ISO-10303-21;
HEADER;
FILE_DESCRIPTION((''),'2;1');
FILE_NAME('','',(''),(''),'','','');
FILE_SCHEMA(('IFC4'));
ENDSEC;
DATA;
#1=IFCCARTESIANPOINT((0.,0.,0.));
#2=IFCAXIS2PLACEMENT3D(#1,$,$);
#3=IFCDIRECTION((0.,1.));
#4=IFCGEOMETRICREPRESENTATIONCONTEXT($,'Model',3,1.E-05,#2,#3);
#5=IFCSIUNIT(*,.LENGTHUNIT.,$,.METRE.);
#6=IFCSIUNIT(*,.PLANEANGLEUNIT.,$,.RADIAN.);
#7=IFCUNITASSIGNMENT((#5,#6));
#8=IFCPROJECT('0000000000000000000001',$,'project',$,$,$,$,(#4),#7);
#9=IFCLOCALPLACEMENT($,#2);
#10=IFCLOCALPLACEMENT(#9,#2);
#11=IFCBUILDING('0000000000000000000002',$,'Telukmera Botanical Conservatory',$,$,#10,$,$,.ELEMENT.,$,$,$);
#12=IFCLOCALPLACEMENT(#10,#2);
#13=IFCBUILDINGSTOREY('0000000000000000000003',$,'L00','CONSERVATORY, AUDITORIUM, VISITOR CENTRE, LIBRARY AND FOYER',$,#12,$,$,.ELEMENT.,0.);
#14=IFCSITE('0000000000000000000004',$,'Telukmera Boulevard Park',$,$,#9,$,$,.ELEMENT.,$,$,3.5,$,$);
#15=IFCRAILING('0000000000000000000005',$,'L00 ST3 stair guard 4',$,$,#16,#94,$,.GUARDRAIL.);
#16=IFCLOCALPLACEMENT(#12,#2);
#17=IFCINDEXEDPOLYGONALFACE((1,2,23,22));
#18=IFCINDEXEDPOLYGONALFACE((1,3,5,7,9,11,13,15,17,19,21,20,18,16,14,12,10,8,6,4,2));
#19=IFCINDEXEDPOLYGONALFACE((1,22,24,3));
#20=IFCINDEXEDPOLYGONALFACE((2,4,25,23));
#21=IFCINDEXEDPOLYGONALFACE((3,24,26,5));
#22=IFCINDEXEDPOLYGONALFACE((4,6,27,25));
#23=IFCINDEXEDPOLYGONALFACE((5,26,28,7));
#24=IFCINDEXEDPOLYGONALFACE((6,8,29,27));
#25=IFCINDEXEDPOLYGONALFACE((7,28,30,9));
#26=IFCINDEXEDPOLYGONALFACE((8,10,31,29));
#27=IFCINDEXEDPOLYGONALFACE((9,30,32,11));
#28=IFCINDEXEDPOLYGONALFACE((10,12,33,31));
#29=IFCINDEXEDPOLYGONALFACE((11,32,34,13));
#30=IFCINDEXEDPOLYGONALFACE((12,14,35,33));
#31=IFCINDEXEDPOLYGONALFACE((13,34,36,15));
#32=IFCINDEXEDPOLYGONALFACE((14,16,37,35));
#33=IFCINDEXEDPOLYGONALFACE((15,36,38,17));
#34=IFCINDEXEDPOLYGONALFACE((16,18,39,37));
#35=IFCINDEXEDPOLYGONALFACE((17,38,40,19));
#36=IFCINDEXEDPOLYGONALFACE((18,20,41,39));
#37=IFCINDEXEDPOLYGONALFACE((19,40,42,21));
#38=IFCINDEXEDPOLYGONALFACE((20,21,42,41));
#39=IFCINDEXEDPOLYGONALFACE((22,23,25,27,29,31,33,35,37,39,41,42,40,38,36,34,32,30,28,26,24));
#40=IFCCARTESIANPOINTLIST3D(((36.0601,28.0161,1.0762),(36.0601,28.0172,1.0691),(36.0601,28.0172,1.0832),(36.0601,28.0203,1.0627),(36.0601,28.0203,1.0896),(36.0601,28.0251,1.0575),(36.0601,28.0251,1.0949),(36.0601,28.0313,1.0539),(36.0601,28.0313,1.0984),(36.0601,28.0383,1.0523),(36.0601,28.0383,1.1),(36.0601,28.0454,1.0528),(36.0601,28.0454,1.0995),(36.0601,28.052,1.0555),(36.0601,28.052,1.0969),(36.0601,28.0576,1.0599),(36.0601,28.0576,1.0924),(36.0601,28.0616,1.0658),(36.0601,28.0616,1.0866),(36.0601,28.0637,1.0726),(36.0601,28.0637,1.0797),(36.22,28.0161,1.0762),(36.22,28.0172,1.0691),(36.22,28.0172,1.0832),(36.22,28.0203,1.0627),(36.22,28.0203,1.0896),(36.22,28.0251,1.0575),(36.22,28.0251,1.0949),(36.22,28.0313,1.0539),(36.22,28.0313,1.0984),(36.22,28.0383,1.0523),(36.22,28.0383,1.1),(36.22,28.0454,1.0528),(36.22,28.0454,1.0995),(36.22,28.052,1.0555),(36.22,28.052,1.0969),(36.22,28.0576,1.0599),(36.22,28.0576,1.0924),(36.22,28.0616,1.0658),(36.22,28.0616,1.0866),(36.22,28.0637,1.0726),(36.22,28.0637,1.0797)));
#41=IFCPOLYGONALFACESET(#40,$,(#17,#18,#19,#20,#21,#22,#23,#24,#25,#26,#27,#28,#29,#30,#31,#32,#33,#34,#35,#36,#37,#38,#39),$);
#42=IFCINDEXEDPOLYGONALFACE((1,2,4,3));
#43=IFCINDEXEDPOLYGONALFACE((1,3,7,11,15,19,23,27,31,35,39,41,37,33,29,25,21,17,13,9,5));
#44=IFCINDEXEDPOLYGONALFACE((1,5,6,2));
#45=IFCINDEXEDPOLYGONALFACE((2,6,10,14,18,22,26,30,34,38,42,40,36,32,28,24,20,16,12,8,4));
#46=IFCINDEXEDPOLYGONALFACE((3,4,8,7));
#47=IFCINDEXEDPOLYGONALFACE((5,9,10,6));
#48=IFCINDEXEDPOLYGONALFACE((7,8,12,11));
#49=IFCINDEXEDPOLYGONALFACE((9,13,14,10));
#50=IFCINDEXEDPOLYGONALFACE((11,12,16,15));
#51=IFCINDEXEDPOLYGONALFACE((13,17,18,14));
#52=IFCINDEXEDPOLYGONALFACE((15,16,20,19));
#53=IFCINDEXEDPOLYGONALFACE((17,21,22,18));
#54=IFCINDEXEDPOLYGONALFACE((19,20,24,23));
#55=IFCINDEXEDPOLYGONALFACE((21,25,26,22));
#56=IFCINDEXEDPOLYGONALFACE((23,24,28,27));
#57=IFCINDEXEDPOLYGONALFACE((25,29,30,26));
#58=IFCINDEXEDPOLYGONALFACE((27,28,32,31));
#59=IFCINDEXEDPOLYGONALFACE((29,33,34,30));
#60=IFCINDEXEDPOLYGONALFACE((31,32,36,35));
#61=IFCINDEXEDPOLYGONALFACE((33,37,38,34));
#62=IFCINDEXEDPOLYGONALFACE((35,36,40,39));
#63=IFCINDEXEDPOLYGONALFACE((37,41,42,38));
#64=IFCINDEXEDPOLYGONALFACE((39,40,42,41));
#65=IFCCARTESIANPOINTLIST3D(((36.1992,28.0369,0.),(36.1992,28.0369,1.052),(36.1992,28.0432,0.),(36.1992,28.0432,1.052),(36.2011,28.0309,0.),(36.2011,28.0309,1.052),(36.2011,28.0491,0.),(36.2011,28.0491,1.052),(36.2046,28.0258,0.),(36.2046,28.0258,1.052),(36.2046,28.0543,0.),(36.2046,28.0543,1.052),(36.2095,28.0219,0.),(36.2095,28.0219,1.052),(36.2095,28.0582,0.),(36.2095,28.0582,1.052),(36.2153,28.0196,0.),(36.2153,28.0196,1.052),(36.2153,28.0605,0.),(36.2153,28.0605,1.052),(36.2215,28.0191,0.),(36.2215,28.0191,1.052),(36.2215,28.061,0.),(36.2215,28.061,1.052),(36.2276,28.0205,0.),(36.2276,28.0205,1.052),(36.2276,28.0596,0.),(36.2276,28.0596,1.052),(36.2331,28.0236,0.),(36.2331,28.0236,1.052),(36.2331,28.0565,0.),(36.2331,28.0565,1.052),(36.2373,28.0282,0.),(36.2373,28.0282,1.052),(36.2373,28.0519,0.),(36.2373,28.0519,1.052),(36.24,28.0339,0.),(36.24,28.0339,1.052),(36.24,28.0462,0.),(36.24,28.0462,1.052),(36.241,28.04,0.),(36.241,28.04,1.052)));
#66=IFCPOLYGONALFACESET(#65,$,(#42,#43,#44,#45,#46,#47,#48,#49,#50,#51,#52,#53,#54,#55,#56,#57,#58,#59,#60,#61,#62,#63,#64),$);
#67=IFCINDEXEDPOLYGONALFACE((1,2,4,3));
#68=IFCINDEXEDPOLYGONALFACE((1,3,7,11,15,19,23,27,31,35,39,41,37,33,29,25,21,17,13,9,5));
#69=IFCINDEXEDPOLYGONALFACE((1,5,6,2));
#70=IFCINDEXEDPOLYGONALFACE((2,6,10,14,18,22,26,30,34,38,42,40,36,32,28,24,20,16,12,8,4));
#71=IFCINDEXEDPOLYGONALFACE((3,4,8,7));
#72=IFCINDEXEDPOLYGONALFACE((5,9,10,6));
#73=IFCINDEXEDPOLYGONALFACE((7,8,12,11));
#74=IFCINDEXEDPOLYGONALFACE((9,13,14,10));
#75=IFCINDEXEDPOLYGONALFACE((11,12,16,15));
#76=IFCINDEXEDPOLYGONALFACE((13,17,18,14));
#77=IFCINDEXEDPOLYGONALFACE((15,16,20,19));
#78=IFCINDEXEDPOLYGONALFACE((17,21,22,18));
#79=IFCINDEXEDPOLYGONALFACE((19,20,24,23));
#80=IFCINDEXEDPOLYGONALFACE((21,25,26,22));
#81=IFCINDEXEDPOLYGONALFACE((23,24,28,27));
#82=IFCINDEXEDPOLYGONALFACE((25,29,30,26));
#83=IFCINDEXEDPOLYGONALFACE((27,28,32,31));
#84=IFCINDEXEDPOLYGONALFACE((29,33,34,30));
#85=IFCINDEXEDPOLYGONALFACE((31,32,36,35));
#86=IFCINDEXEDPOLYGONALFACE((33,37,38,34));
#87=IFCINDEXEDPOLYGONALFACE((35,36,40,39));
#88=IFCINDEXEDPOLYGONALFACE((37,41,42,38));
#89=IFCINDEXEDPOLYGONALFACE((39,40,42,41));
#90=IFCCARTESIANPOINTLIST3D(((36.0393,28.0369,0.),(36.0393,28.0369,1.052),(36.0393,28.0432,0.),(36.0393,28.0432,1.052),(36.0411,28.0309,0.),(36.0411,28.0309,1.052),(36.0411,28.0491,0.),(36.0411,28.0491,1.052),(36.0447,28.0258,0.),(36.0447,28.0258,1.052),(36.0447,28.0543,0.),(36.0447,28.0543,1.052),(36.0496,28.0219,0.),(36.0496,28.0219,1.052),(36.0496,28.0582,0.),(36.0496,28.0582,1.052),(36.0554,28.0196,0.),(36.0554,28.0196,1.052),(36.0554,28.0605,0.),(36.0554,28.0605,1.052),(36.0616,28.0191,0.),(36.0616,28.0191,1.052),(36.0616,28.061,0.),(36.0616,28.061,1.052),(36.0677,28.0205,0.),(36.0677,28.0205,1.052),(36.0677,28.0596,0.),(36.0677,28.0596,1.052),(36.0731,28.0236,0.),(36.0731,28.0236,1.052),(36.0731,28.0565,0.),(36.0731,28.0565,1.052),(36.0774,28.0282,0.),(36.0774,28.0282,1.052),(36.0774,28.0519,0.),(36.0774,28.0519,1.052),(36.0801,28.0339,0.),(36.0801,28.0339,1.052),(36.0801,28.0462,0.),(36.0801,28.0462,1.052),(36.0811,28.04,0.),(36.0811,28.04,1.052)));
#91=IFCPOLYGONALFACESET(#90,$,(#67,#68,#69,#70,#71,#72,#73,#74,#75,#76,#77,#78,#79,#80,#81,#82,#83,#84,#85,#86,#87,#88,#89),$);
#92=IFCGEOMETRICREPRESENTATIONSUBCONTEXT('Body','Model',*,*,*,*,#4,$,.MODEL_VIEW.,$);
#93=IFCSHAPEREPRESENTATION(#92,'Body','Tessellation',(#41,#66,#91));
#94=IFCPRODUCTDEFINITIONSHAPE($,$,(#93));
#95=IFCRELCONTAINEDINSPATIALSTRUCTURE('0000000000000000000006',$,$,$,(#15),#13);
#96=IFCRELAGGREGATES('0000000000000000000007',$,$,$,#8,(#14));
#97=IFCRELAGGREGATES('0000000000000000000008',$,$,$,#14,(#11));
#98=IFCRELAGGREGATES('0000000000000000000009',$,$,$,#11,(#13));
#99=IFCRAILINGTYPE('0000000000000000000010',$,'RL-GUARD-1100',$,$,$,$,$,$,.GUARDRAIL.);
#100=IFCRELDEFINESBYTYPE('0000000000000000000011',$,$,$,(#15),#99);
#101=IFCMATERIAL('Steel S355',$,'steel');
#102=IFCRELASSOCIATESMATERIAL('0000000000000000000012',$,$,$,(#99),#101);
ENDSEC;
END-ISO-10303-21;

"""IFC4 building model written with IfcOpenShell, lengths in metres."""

from ifc_helpers import new_model, si_unit, direction, frame, origin, origin_2d, place, context, subcontext, project, spatial, circle, extrude, material, type_object, element, save


model = new_model("IFC4")

# Units and contexts
model_context = context("Model", 3, precision=1e-05, world=origin(), true_north=direction((0.0, 1.0)))
body_context = subcontext(model_context, "Body", "Model", "MODEL_VIEW")
ifc_project = project(units=[si_unit("LENGTHUNIT", "METRE"), si_unit("PLANEANGLEUNIT", "RADIAN")], contexts=[model_context])

# Site, building, storey
site_placement = place(None, origin())
site = spatial("IfcSite", under=ifc_project, at=site_placement, Name="Telukmera Boulevard Park", CompositionType="ELEMENT", RefElevation=3.5)
building_placement = place(site_placement, origin())
building = spatial("IfcBuilding", under=site, at=building_placement, Name="Telukmera Botanical Conservatory", CompositionType="ELEMENT")
storey_placement = place(building_placement, origin())
storey = spatial("IfcBuildingStorey", under=building, at=storey_placement, Name="L00", Description="CONSERVATORY, AUDITORIUM, VISITOR CENTRE, LIBRARY AND FOYER", CompositionType="ELEMENT", Elevation=0.0)

# Railing
ifc_material_1 = material(Name="Steel S355", Category="steel")
railing_type_1 = type_object("IfcRailingType", Name="RL-GUARD-1100", PredefinedType="GUARDRAIL", material=ifc_material_1)
railing_1_placement = place(storey_placement, frame((36.22, 28.04, 0.0)))
element("IfcRailing", 1, at=railing_1_placement, inside=storey, type_object=railing_type_1, Name="L00 ST3 stair guard 4", PredefinedType="GUARDRAIL", context=body_context, shape_type="SweptSolid", body=[
    extrude(circle(Radius=0.0239, at=origin_2d()), frame((0.0, 0.0, 1.0762), z_axis=(-1.0, 0.0, 0.0), x_axis=(0.0, -1.0, 0.0)), (0.0, 0.0, 1.0), 0.1599),
    extrude(circle(Radius=0.021, at=origin_2d()), origin(), (0.0, 0.0, 1.0), 1.052),
    extrude(circle(Radius=0.021, at=origin_2d()), frame((-0.1599, 0.0, 0.0)), (0.0, 0.0, 1.0), 1.052),
])

save(model, "model.ifc")
